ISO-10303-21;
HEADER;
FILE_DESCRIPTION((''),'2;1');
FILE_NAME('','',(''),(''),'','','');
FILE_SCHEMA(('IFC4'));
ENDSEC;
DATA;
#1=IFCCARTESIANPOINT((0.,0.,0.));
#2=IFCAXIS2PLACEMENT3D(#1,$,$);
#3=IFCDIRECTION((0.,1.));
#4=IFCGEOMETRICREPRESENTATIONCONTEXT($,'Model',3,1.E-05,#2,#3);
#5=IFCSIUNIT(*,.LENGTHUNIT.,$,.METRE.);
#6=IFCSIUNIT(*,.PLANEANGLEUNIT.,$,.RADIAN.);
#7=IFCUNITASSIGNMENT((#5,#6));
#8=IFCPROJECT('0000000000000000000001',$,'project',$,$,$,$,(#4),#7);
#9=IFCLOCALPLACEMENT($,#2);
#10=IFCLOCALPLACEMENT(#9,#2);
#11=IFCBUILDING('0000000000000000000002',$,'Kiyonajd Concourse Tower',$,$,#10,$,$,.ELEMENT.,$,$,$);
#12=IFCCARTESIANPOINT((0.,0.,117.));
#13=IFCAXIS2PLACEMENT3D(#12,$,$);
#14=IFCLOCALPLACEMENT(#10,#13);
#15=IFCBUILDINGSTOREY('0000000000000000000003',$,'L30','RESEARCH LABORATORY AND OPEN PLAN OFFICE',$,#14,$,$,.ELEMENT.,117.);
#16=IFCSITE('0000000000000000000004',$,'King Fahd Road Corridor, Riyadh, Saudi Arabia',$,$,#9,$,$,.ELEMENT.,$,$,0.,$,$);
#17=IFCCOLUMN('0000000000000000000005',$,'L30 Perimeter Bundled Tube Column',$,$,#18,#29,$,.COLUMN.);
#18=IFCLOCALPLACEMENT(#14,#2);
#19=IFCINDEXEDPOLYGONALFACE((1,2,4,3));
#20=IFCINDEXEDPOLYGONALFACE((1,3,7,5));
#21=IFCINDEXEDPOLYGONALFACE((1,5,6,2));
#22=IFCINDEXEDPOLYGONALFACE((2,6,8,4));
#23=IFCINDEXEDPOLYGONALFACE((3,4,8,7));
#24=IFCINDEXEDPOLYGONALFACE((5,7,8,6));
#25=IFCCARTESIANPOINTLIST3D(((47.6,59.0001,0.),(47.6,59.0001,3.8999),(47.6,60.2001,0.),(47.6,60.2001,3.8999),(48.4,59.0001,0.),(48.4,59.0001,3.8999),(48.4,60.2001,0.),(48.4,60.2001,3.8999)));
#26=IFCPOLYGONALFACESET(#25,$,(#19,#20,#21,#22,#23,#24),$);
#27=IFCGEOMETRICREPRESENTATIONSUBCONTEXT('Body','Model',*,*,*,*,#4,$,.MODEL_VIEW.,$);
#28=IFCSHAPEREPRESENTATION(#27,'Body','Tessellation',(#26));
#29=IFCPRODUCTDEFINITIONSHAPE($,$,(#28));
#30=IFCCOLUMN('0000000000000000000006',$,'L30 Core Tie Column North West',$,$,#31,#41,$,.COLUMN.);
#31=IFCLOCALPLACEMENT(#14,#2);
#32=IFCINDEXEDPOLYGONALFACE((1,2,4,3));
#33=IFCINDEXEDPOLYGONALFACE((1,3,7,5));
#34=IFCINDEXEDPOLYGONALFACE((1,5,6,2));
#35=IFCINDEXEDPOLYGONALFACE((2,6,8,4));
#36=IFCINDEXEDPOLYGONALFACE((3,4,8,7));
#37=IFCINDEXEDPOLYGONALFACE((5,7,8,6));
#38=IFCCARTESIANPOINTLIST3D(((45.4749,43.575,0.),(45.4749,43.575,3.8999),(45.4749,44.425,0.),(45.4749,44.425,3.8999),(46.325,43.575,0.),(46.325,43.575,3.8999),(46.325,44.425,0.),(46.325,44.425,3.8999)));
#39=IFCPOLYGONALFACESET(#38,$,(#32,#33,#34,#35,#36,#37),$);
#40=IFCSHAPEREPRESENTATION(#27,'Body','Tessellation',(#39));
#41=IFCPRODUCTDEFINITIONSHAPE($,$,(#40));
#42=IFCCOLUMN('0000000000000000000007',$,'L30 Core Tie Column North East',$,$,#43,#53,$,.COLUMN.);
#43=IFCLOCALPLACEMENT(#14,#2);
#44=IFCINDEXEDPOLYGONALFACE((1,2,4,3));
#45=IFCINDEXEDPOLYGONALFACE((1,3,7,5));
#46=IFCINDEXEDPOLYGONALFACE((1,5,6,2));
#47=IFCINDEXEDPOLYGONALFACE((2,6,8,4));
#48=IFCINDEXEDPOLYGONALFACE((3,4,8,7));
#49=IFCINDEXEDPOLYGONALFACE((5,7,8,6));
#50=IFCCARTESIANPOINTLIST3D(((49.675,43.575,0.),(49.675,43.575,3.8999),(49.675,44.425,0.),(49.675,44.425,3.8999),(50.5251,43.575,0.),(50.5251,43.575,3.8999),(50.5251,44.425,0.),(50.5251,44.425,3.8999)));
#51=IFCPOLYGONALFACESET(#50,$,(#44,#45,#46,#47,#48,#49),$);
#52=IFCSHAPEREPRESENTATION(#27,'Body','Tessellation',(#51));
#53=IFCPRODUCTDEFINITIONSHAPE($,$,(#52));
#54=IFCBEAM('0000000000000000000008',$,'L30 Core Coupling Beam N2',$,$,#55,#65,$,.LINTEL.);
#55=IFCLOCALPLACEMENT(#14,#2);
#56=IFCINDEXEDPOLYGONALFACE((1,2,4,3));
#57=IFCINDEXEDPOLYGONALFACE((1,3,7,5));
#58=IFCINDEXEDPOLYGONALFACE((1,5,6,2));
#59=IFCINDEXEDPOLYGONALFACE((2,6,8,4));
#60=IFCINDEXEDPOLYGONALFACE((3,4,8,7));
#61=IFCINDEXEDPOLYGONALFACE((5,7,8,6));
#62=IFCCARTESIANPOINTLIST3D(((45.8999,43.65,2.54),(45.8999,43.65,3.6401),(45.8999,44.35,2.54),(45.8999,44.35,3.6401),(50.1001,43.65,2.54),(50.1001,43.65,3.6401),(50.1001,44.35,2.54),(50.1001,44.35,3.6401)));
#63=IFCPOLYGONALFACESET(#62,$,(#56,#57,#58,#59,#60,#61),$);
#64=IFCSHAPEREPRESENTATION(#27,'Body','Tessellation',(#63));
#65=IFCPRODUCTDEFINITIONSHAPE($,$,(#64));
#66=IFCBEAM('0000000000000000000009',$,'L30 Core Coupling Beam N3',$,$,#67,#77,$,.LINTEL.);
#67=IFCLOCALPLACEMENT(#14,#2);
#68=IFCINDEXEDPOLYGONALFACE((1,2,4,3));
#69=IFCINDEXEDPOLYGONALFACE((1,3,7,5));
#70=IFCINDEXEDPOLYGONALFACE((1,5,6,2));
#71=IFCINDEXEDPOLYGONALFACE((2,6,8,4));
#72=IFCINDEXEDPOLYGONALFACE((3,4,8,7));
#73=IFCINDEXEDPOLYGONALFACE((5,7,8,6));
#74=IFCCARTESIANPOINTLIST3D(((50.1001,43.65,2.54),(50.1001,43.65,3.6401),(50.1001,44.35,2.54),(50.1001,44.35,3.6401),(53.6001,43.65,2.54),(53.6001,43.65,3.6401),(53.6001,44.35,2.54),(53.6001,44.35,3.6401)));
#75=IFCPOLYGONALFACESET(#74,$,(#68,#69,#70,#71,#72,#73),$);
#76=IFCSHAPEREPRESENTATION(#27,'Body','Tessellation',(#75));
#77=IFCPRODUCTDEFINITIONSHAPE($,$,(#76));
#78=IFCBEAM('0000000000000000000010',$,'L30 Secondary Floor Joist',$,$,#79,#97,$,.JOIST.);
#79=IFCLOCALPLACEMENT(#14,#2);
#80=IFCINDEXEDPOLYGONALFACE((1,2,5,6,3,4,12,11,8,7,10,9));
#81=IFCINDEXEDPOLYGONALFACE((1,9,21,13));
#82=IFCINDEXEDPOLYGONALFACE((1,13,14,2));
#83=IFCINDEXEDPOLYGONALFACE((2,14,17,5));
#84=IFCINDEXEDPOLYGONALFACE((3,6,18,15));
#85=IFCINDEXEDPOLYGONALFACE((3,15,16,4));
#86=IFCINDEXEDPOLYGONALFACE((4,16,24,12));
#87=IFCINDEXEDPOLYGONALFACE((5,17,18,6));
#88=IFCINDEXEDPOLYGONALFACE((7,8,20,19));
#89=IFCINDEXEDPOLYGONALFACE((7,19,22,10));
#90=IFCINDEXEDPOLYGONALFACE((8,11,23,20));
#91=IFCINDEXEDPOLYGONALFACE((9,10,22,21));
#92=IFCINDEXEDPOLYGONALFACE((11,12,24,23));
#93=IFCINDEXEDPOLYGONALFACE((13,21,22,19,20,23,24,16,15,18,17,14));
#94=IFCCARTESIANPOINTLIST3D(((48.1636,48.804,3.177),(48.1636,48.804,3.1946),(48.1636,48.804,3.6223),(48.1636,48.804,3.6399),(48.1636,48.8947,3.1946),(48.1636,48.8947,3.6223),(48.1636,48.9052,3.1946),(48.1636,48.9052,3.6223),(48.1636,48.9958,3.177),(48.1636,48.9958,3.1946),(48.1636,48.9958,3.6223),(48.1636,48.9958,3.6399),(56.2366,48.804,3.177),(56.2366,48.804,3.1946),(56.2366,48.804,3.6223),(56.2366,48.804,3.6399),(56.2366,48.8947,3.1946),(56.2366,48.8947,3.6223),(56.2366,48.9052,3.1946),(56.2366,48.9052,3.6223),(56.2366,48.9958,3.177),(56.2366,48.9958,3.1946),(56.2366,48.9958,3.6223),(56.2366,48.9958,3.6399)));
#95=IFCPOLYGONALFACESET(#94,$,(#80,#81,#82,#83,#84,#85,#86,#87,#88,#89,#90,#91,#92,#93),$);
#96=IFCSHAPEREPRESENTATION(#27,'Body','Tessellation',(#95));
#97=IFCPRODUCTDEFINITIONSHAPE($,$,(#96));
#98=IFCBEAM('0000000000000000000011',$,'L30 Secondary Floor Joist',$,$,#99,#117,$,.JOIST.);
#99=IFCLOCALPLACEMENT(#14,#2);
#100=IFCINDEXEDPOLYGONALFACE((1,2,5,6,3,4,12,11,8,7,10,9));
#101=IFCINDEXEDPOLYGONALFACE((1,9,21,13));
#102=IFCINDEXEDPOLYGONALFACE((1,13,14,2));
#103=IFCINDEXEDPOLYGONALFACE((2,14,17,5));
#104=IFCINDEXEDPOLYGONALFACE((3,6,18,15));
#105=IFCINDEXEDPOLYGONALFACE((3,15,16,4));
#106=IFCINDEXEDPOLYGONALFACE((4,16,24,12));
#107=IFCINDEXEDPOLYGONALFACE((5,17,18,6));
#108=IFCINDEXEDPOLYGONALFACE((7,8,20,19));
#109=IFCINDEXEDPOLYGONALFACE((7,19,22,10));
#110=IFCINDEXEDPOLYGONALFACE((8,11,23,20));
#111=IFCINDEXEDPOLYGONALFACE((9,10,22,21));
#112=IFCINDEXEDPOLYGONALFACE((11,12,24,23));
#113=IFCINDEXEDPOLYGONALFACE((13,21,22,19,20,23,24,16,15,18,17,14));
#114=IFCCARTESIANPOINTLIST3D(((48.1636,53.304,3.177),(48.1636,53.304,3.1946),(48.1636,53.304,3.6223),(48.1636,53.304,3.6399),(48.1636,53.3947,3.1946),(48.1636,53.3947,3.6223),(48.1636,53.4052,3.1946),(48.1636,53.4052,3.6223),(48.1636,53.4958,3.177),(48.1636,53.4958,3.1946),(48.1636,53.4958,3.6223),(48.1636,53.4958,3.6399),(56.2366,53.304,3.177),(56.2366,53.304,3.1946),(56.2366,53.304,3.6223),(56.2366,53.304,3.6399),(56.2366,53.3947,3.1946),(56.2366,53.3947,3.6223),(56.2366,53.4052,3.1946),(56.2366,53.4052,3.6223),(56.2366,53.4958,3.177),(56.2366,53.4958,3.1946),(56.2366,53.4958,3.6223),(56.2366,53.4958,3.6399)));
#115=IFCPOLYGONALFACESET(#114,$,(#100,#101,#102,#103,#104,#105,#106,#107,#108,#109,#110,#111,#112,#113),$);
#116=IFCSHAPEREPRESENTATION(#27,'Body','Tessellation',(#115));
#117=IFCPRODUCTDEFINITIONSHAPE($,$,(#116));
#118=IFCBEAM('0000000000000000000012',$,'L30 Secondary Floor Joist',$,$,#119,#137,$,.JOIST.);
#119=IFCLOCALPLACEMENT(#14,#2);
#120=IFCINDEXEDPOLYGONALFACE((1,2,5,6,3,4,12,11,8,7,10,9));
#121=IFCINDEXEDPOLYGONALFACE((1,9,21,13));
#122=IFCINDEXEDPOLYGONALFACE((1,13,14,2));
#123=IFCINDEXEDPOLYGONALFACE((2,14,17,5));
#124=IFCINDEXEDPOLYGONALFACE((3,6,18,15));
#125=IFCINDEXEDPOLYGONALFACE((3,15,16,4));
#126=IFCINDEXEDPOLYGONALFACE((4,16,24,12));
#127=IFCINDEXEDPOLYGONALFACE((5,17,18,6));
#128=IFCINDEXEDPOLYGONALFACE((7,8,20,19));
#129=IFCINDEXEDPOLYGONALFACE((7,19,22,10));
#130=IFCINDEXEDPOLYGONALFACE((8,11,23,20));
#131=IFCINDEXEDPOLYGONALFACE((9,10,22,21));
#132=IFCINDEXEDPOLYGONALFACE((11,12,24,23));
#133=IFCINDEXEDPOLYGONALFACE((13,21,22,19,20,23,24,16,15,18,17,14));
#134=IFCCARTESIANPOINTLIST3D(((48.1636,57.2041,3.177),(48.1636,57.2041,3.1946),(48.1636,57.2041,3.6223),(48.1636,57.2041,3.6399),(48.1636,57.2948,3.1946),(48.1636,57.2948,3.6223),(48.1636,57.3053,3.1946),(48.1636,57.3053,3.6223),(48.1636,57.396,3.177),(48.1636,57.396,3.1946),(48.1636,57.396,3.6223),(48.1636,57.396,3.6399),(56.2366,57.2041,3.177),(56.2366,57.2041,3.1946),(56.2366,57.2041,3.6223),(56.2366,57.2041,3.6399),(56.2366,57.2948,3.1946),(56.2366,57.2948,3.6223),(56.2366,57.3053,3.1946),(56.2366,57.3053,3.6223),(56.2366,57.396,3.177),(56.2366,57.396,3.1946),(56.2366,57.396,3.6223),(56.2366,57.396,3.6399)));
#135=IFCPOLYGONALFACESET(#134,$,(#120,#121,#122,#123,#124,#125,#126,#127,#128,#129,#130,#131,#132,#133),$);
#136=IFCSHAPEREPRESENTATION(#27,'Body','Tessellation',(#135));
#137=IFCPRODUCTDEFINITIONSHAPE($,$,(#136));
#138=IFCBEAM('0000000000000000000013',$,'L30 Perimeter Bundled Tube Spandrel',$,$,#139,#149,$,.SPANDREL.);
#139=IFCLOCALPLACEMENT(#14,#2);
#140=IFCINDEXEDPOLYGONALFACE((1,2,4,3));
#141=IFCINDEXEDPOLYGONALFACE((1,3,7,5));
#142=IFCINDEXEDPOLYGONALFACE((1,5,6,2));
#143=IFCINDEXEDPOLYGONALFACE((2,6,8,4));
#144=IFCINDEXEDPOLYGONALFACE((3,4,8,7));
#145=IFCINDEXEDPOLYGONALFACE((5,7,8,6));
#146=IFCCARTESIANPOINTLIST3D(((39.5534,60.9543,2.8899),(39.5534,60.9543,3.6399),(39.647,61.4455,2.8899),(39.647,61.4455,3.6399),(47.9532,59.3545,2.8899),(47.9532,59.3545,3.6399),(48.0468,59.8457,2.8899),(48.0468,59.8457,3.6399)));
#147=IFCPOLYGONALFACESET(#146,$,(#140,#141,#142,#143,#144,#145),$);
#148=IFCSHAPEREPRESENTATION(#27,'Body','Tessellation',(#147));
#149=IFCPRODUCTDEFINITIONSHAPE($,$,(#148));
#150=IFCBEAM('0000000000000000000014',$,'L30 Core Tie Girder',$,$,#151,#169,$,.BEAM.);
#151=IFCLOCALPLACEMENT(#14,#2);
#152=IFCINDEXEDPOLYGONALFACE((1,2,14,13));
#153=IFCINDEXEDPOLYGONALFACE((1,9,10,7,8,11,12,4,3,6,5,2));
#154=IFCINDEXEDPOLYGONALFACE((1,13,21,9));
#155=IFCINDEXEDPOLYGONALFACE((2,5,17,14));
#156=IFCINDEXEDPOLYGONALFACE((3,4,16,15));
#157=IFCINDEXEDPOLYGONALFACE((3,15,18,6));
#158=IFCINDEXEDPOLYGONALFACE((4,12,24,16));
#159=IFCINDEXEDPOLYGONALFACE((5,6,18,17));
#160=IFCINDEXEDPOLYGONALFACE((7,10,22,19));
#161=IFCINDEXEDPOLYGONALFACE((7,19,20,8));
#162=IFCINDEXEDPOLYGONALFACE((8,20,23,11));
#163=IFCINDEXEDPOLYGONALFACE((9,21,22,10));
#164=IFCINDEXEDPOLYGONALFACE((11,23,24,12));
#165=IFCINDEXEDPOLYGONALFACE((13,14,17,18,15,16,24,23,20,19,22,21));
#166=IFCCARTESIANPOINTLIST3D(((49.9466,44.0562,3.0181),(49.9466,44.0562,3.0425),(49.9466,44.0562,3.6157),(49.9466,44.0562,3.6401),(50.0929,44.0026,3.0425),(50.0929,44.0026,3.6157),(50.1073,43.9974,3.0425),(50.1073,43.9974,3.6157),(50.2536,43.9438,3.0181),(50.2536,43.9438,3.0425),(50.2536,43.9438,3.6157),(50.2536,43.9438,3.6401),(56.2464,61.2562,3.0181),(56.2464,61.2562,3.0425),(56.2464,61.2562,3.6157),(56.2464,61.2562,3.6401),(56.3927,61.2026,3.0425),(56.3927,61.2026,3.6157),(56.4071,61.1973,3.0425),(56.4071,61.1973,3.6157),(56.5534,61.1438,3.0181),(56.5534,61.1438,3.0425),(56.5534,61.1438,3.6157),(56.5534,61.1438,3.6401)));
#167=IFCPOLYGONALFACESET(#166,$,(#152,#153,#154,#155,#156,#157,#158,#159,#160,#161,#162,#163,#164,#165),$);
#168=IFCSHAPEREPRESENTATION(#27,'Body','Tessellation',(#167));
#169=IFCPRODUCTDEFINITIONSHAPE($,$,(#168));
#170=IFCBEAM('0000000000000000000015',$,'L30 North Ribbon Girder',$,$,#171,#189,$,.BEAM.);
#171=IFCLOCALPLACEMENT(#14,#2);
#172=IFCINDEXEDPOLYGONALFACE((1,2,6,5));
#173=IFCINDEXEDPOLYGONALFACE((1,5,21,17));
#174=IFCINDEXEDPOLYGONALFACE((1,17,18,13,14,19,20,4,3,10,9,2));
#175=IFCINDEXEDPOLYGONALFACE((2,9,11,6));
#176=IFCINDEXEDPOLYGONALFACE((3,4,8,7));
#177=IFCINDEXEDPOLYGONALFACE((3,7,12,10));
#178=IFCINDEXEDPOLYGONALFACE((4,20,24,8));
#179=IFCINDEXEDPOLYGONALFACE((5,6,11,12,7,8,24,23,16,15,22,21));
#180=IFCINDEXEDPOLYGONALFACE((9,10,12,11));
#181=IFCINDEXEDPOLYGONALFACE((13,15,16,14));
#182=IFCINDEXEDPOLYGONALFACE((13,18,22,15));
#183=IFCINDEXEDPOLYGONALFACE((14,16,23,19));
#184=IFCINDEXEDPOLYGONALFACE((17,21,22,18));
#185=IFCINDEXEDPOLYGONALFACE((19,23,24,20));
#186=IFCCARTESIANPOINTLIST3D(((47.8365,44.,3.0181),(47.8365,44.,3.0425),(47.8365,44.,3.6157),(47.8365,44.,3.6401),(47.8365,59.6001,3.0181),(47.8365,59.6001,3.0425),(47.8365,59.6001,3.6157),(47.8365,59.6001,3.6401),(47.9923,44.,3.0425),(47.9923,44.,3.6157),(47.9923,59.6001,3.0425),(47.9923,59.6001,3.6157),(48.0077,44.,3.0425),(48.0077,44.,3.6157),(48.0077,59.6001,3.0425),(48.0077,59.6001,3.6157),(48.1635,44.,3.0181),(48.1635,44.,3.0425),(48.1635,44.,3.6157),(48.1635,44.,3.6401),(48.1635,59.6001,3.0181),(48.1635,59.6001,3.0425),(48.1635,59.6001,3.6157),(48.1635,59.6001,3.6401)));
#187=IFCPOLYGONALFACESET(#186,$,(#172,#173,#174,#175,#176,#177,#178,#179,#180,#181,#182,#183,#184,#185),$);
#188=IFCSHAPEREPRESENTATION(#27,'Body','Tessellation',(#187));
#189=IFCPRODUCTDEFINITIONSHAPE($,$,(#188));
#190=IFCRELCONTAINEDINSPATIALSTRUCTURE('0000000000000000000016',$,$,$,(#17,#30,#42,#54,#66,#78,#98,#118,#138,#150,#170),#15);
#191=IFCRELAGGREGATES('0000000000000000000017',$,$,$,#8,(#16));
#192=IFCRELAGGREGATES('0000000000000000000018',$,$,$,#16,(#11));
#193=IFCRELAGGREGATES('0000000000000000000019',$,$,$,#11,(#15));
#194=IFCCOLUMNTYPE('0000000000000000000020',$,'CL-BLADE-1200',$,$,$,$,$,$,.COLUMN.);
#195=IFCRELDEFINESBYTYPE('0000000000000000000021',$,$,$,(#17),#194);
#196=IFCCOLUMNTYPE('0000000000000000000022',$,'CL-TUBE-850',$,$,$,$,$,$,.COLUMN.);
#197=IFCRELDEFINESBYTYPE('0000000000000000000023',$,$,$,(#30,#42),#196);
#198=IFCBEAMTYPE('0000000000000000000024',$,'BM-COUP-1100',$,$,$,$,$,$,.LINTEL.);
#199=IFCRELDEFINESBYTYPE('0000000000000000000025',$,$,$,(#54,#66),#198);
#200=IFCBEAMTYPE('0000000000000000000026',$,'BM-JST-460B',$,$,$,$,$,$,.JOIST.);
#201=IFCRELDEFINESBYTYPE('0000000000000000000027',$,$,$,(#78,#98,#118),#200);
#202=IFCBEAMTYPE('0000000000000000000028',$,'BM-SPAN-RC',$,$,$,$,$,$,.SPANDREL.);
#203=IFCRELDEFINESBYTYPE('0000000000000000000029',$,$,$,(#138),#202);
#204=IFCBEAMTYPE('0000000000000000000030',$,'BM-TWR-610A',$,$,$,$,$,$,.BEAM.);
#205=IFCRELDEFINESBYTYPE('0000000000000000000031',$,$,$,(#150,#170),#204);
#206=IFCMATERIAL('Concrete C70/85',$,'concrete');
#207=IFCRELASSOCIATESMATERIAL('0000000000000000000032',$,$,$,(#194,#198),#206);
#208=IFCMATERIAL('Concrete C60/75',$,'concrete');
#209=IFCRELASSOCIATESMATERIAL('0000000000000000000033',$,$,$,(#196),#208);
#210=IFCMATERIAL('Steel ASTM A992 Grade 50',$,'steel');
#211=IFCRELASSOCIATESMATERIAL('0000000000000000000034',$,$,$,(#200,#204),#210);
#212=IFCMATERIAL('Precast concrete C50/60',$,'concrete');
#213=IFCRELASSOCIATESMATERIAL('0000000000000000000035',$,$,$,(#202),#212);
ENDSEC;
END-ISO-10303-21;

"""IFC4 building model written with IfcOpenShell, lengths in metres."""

from ifc_helpers import new_model, si_unit, direction, frame, origin, origin_2d, place, context, subcontext, project, spatial, rectangle, i_section, extrude, material, material_profile, profile_set, type_object, element, save


model = new_model("IFC4")

# Units and contexts
model_context = context("Model", 3, precision=1e-05, world=origin(), true_north=direction((0.0, 1.0)))
body_context = subcontext(model_context, "Body", "Model", "MODEL_VIEW")
ifc_project = project(units=[si_unit("LENGTHUNIT", "METRE"), si_unit("PLANEANGLEUNIT", "RADIAN")], contexts=[model_context])

# Site, building, storey
site_placement = place(None, origin())
site = spatial("IfcSite", under=ifc_project, at=site_placement, Name="King Fahd Road Corridor, Riyadh, Saudi Arabia", CompositionType="ELEMENT", RefElevation=0.0)
building_placement = place(site_placement, origin())
building = spatial("IfcBuilding", under=site, at=building_placement, Name="Kiyonajd Concourse Tower", CompositionType="ELEMENT")
storey_placement = place(building_placement, frame((0.0, 0.0, 117.0)))
storey = spatial("IfcBuildingStorey", under=building, at=storey_placement, Name="L30", Description="RESEARCH LABORATORY AND OPEN PLAN OFFICE", CompositionType="ELEMENT", Elevation=117.0)

# Columns
ifc_material_1 = material(Name="Concrete C70/85", Category="concrete")
ifc_material_profile_1 = material_profile(ifc_material_1, rectangle(XDim=0.8, YDim=1.2, at=origin_2d()), Name="RC-1200x800")
ifc_profile_set_1 = profile_set([ifc_material_profile_1], Name="Concrete C70/85")
column_type_1 = type_object("IfcColumnType", Name="CL-BLADE-1200", PredefinedType="COLUMN", material=ifc_profile_set_1)
column_placement = place(storey_placement, frame((48.0, 59.6001, 0.0), z_axis=(0.0, 0.0, 1.0), x_axis=(1.0, 0.0, 0.0)))
element("IfcColumn", 1, at=column_placement, inside=storey, type_object=column_type_1, Name="L30 Perimeter Bundled Tube Column", PredefinedType="COLUMN", context=body_context, shape_type="SweptSolid", body=[
    extrude(rectangle(XDim=0.8, YDim=1.2, at=origin_2d()), origin(), (0.0, 0.0, 1.0), 3.8999),
])
ifc_material_2 = material(Name="Concrete C60/75", Category="concrete")
ifc_material_profile_2 = material_profile(ifc_material_2, rectangle(XDim=0.8501, YDim=0.8501, at=origin_2d()), Name="RC-850x850")
ifc_profile_set_2 = profile_set([ifc_material_profile_2], Name="Concrete C60/75")
column_type_2 = type_object("IfcColumnType", Name="CL-TUBE-850", PredefinedType="COLUMN", material=ifc_profile_set_2)
for number, where, z_axis, x_axis, name in (
    (2, (45.8999, 44.0, 0.0), (0.0, 0.0, 1.0), (1.0, 0.0, 0.0), "L30 Core Tie Column North West"),
    (3, (50.1001, 44.0, 0.0), (0.0, 0.0, 1.0), (1.0, 0.0, 0.0), "L30 Core Tie Column North East"),
):
    element("IfcColumn", number, at=place(storey_placement, frame(where, z_axis=z_axis, x_axis=x_axis)), inside=storey, type_object=column_type_2, Name=name, PredefinedType="COLUMN", context=body_context, shape_type="SweptSolid", body=[
        extrude(rectangle(XDim=0.8501, YDim=0.8501, at=origin_2d()), origin(), (0.0, 0.0, 1.0), 3.8999),
    ])

# Beams
ifc_material_profile_3 = material_profile(ifc_material_1, rectangle(XDim=0.7, YDim=1.1001, at=origin_2d()), Name="RCBM-700x1100")
ifc_profile_set_3 = profile_set([ifc_material_profile_3], Name="Concrete C70/85")
beam_type_1 = type_object("IfcBeamType", Name="BM-COUP-1100", PredefinedType="LINTEL", material=ifc_profile_set_3)
beam_1_placement = place(storey_placement, frame((45.8999, 44.0, 3.0901), z_axis=(1.0, 0.0, 0.0), x_axis=(0.0, 1.0, 0.0)))
element("IfcBeam", 4, at=beam_1_placement, inside=storey, type_object=beam_type_1, Name="L30 Core Coupling Beam N2", PredefinedType="LINTEL", context=body_context, shape_type="SweptSolid", body=[
    extrude(rectangle(XDim=0.7, YDim=1.1001, at=origin_2d()), origin(), (0.0, 0.0, 1.0), 4.2002),
])
beam_2_placement = place(storey_placement, frame((50.1001, 44.0, 3.0901), z_axis=(1.0, 0.0, 0.0), x_axis=(0.0, 1.0, 0.0)))
element("IfcBeam", 5, at=beam_2_placement, inside=storey, type_object=beam_type_1, Name="L30 Core Coupling Beam N3", PredefinedType="LINTEL", context=body_context, shape_type="SweptSolid", body=[
    extrude(rectangle(XDim=0.7, YDim=1.1001, at=origin_2d()), origin(), (0.0, 0.0, 1.0), 3.5),
])
ifc_material_3 = material(Name="Steel ASTM A992 Grade 50", Category="steel")
ifc_material_profile_4 = material_profile(ifc_material_3, i_section(OverallWidth=0.1919, OverallDepth=0.4629, WebThickness=0.0105, FlangeThickness=0.0176, at=origin_2d()), Name="W460X89")
ifc_profile_set_4 = profile_set([ifc_material_profile_4], Name="Steel ASTM A992 Grade 50")
beam_type_2 = type_object("IfcBeamType", Name="BM-JST-460B", PredefinedType="JOIST", material=ifc_profile_set_4)
for number, where, z_axis, x_axis, name in (
    (6, (48.1636, 48.8999, 3.4084), (1.0, 0.0, 0.0), (0.0, 1.0, 0.0), "L30 Secondary Floor Joist"),
    (7, (48.1636, 53.3999, 3.4084), (1.0, 0.0, 0.0), (0.0, 1.0, 0.0), "L30 Secondary Floor Joist"),
    (8, (48.1636, 57.3, 3.4084), (1.0, 0.0, 0.0), (0.0, 1.0, 0.0), "L30 Secondary Floor Joist"),
):
    element("IfcBeam", number, at=place(storey_placement, frame(where, z_axis=z_axis, x_axis=x_axis)), inside=storey, type_object=beam_type_2, Name=name, PredefinedType="JOIST", context=body_context, shape_type="SweptSolid", body=[
        extrude(i_section(OverallWidth=0.1919, OverallDepth=0.4629, WebThickness=0.0105, FlangeThickness=0.0176, at=origin_2d()), origin(), (0.0, 0.0, 1.0), 8.073),
    ])
ifc_material_4 = material(Name="Precast concrete C50/60", Category="concrete")
ifc_material_profile_5 = material_profile(ifc_material_4, rectangle(XDim=0.5, YDim=0.75, at=origin_2d()), Name="RCBM-500x750")
ifc_profile_set_5 = profile_set([ifc_material_profile_5], Name="Precast concrete C50/60")
beam_type_3 = type_object("IfcBeamType", Name="BM-SPAN-RC", PredefinedType="SPANDREL", material=ifc_profile_set_5)
beam_3_placement = place(storey_placement, frame((48.0, 59.6001, 3.2649), z_axis=(-0.982341, 0.187098, 0.0), x_axis=(-0.187098, -0.982341, 0.0)))
element("IfcBeam", 9, at=beam_3_placement, inside=storey, type_object=beam_type_3, Name="L30 Perimeter Bundled Tube Spandrel", PredefinedType="SPANDREL", context=body_context, shape_type="SweptSolid", body=[
    extrude(rectangle(XDim=0.5, YDim=0.75, at=origin_2d()), origin(), (0.0, 0.0, 1.0), 8.5508),
])
ifc_material_profile_6 = material_profile(ifc_material_3, i_section(OverallWidth=0.3269, OverallDepth=0.6221, WebThickness=0.0154, FlangeThickness=0.0244, at=origin_2d()), Name="W610X195")
ifc_profile_set_6 = profile_set([ifc_material_profile_6], Name="Steel ASTM A992 Grade 50")
beam_type_4 = type_object("IfcBeamType", Name="BM-TWR-610A", PredefinedType="BEAM", material=ifc_profile_set_6)
beam_4_placement = place(storey_placement, frame((50.1001, 44.0, 3.3291), z_axis=(0.343925, 0.938997, 0.0), x_axis=(-0.938997, 0.343925, 0.0)))
element("IfcBeam", 10, at=beam_4_placement, inside=storey, type_object=beam_type_4, Name="L30 Core Tie Girder", PredefinedType="BEAM", context=body_context, shape_type="SweptSolid", body=[
    extrude(i_section(OverallWidth=0.3269, OverallDepth=0.6221, WebThickness=0.0154, FlangeThickness=0.0244, at=origin_2d()), origin(), (0.0, 0.0, 1.0), 18.3174),
])
beam_5_placement = place(storey_placement, frame((48.0, 44.0, 3.3291), z_axis=(0.0, 1.0, 0.0), x_axis=(-1.0, 0.0, 0.0)))
element("IfcBeam", 11, at=beam_5_placement, inside=storey, type_object=beam_type_4, Name="L30 North Ribbon Girder", PredefinedType="BEAM", context=body_context, shape_type="SweptSolid", body=[
    extrude(i_section(OverallWidth=0.3269, OverallDepth=0.6221, WebThickness=0.0154, FlangeThickness=0.0244, at=origin_2d()), origin(), (0.0, 0.0, 1.0), 15.6001),
])

save(model, "model.ifc")
